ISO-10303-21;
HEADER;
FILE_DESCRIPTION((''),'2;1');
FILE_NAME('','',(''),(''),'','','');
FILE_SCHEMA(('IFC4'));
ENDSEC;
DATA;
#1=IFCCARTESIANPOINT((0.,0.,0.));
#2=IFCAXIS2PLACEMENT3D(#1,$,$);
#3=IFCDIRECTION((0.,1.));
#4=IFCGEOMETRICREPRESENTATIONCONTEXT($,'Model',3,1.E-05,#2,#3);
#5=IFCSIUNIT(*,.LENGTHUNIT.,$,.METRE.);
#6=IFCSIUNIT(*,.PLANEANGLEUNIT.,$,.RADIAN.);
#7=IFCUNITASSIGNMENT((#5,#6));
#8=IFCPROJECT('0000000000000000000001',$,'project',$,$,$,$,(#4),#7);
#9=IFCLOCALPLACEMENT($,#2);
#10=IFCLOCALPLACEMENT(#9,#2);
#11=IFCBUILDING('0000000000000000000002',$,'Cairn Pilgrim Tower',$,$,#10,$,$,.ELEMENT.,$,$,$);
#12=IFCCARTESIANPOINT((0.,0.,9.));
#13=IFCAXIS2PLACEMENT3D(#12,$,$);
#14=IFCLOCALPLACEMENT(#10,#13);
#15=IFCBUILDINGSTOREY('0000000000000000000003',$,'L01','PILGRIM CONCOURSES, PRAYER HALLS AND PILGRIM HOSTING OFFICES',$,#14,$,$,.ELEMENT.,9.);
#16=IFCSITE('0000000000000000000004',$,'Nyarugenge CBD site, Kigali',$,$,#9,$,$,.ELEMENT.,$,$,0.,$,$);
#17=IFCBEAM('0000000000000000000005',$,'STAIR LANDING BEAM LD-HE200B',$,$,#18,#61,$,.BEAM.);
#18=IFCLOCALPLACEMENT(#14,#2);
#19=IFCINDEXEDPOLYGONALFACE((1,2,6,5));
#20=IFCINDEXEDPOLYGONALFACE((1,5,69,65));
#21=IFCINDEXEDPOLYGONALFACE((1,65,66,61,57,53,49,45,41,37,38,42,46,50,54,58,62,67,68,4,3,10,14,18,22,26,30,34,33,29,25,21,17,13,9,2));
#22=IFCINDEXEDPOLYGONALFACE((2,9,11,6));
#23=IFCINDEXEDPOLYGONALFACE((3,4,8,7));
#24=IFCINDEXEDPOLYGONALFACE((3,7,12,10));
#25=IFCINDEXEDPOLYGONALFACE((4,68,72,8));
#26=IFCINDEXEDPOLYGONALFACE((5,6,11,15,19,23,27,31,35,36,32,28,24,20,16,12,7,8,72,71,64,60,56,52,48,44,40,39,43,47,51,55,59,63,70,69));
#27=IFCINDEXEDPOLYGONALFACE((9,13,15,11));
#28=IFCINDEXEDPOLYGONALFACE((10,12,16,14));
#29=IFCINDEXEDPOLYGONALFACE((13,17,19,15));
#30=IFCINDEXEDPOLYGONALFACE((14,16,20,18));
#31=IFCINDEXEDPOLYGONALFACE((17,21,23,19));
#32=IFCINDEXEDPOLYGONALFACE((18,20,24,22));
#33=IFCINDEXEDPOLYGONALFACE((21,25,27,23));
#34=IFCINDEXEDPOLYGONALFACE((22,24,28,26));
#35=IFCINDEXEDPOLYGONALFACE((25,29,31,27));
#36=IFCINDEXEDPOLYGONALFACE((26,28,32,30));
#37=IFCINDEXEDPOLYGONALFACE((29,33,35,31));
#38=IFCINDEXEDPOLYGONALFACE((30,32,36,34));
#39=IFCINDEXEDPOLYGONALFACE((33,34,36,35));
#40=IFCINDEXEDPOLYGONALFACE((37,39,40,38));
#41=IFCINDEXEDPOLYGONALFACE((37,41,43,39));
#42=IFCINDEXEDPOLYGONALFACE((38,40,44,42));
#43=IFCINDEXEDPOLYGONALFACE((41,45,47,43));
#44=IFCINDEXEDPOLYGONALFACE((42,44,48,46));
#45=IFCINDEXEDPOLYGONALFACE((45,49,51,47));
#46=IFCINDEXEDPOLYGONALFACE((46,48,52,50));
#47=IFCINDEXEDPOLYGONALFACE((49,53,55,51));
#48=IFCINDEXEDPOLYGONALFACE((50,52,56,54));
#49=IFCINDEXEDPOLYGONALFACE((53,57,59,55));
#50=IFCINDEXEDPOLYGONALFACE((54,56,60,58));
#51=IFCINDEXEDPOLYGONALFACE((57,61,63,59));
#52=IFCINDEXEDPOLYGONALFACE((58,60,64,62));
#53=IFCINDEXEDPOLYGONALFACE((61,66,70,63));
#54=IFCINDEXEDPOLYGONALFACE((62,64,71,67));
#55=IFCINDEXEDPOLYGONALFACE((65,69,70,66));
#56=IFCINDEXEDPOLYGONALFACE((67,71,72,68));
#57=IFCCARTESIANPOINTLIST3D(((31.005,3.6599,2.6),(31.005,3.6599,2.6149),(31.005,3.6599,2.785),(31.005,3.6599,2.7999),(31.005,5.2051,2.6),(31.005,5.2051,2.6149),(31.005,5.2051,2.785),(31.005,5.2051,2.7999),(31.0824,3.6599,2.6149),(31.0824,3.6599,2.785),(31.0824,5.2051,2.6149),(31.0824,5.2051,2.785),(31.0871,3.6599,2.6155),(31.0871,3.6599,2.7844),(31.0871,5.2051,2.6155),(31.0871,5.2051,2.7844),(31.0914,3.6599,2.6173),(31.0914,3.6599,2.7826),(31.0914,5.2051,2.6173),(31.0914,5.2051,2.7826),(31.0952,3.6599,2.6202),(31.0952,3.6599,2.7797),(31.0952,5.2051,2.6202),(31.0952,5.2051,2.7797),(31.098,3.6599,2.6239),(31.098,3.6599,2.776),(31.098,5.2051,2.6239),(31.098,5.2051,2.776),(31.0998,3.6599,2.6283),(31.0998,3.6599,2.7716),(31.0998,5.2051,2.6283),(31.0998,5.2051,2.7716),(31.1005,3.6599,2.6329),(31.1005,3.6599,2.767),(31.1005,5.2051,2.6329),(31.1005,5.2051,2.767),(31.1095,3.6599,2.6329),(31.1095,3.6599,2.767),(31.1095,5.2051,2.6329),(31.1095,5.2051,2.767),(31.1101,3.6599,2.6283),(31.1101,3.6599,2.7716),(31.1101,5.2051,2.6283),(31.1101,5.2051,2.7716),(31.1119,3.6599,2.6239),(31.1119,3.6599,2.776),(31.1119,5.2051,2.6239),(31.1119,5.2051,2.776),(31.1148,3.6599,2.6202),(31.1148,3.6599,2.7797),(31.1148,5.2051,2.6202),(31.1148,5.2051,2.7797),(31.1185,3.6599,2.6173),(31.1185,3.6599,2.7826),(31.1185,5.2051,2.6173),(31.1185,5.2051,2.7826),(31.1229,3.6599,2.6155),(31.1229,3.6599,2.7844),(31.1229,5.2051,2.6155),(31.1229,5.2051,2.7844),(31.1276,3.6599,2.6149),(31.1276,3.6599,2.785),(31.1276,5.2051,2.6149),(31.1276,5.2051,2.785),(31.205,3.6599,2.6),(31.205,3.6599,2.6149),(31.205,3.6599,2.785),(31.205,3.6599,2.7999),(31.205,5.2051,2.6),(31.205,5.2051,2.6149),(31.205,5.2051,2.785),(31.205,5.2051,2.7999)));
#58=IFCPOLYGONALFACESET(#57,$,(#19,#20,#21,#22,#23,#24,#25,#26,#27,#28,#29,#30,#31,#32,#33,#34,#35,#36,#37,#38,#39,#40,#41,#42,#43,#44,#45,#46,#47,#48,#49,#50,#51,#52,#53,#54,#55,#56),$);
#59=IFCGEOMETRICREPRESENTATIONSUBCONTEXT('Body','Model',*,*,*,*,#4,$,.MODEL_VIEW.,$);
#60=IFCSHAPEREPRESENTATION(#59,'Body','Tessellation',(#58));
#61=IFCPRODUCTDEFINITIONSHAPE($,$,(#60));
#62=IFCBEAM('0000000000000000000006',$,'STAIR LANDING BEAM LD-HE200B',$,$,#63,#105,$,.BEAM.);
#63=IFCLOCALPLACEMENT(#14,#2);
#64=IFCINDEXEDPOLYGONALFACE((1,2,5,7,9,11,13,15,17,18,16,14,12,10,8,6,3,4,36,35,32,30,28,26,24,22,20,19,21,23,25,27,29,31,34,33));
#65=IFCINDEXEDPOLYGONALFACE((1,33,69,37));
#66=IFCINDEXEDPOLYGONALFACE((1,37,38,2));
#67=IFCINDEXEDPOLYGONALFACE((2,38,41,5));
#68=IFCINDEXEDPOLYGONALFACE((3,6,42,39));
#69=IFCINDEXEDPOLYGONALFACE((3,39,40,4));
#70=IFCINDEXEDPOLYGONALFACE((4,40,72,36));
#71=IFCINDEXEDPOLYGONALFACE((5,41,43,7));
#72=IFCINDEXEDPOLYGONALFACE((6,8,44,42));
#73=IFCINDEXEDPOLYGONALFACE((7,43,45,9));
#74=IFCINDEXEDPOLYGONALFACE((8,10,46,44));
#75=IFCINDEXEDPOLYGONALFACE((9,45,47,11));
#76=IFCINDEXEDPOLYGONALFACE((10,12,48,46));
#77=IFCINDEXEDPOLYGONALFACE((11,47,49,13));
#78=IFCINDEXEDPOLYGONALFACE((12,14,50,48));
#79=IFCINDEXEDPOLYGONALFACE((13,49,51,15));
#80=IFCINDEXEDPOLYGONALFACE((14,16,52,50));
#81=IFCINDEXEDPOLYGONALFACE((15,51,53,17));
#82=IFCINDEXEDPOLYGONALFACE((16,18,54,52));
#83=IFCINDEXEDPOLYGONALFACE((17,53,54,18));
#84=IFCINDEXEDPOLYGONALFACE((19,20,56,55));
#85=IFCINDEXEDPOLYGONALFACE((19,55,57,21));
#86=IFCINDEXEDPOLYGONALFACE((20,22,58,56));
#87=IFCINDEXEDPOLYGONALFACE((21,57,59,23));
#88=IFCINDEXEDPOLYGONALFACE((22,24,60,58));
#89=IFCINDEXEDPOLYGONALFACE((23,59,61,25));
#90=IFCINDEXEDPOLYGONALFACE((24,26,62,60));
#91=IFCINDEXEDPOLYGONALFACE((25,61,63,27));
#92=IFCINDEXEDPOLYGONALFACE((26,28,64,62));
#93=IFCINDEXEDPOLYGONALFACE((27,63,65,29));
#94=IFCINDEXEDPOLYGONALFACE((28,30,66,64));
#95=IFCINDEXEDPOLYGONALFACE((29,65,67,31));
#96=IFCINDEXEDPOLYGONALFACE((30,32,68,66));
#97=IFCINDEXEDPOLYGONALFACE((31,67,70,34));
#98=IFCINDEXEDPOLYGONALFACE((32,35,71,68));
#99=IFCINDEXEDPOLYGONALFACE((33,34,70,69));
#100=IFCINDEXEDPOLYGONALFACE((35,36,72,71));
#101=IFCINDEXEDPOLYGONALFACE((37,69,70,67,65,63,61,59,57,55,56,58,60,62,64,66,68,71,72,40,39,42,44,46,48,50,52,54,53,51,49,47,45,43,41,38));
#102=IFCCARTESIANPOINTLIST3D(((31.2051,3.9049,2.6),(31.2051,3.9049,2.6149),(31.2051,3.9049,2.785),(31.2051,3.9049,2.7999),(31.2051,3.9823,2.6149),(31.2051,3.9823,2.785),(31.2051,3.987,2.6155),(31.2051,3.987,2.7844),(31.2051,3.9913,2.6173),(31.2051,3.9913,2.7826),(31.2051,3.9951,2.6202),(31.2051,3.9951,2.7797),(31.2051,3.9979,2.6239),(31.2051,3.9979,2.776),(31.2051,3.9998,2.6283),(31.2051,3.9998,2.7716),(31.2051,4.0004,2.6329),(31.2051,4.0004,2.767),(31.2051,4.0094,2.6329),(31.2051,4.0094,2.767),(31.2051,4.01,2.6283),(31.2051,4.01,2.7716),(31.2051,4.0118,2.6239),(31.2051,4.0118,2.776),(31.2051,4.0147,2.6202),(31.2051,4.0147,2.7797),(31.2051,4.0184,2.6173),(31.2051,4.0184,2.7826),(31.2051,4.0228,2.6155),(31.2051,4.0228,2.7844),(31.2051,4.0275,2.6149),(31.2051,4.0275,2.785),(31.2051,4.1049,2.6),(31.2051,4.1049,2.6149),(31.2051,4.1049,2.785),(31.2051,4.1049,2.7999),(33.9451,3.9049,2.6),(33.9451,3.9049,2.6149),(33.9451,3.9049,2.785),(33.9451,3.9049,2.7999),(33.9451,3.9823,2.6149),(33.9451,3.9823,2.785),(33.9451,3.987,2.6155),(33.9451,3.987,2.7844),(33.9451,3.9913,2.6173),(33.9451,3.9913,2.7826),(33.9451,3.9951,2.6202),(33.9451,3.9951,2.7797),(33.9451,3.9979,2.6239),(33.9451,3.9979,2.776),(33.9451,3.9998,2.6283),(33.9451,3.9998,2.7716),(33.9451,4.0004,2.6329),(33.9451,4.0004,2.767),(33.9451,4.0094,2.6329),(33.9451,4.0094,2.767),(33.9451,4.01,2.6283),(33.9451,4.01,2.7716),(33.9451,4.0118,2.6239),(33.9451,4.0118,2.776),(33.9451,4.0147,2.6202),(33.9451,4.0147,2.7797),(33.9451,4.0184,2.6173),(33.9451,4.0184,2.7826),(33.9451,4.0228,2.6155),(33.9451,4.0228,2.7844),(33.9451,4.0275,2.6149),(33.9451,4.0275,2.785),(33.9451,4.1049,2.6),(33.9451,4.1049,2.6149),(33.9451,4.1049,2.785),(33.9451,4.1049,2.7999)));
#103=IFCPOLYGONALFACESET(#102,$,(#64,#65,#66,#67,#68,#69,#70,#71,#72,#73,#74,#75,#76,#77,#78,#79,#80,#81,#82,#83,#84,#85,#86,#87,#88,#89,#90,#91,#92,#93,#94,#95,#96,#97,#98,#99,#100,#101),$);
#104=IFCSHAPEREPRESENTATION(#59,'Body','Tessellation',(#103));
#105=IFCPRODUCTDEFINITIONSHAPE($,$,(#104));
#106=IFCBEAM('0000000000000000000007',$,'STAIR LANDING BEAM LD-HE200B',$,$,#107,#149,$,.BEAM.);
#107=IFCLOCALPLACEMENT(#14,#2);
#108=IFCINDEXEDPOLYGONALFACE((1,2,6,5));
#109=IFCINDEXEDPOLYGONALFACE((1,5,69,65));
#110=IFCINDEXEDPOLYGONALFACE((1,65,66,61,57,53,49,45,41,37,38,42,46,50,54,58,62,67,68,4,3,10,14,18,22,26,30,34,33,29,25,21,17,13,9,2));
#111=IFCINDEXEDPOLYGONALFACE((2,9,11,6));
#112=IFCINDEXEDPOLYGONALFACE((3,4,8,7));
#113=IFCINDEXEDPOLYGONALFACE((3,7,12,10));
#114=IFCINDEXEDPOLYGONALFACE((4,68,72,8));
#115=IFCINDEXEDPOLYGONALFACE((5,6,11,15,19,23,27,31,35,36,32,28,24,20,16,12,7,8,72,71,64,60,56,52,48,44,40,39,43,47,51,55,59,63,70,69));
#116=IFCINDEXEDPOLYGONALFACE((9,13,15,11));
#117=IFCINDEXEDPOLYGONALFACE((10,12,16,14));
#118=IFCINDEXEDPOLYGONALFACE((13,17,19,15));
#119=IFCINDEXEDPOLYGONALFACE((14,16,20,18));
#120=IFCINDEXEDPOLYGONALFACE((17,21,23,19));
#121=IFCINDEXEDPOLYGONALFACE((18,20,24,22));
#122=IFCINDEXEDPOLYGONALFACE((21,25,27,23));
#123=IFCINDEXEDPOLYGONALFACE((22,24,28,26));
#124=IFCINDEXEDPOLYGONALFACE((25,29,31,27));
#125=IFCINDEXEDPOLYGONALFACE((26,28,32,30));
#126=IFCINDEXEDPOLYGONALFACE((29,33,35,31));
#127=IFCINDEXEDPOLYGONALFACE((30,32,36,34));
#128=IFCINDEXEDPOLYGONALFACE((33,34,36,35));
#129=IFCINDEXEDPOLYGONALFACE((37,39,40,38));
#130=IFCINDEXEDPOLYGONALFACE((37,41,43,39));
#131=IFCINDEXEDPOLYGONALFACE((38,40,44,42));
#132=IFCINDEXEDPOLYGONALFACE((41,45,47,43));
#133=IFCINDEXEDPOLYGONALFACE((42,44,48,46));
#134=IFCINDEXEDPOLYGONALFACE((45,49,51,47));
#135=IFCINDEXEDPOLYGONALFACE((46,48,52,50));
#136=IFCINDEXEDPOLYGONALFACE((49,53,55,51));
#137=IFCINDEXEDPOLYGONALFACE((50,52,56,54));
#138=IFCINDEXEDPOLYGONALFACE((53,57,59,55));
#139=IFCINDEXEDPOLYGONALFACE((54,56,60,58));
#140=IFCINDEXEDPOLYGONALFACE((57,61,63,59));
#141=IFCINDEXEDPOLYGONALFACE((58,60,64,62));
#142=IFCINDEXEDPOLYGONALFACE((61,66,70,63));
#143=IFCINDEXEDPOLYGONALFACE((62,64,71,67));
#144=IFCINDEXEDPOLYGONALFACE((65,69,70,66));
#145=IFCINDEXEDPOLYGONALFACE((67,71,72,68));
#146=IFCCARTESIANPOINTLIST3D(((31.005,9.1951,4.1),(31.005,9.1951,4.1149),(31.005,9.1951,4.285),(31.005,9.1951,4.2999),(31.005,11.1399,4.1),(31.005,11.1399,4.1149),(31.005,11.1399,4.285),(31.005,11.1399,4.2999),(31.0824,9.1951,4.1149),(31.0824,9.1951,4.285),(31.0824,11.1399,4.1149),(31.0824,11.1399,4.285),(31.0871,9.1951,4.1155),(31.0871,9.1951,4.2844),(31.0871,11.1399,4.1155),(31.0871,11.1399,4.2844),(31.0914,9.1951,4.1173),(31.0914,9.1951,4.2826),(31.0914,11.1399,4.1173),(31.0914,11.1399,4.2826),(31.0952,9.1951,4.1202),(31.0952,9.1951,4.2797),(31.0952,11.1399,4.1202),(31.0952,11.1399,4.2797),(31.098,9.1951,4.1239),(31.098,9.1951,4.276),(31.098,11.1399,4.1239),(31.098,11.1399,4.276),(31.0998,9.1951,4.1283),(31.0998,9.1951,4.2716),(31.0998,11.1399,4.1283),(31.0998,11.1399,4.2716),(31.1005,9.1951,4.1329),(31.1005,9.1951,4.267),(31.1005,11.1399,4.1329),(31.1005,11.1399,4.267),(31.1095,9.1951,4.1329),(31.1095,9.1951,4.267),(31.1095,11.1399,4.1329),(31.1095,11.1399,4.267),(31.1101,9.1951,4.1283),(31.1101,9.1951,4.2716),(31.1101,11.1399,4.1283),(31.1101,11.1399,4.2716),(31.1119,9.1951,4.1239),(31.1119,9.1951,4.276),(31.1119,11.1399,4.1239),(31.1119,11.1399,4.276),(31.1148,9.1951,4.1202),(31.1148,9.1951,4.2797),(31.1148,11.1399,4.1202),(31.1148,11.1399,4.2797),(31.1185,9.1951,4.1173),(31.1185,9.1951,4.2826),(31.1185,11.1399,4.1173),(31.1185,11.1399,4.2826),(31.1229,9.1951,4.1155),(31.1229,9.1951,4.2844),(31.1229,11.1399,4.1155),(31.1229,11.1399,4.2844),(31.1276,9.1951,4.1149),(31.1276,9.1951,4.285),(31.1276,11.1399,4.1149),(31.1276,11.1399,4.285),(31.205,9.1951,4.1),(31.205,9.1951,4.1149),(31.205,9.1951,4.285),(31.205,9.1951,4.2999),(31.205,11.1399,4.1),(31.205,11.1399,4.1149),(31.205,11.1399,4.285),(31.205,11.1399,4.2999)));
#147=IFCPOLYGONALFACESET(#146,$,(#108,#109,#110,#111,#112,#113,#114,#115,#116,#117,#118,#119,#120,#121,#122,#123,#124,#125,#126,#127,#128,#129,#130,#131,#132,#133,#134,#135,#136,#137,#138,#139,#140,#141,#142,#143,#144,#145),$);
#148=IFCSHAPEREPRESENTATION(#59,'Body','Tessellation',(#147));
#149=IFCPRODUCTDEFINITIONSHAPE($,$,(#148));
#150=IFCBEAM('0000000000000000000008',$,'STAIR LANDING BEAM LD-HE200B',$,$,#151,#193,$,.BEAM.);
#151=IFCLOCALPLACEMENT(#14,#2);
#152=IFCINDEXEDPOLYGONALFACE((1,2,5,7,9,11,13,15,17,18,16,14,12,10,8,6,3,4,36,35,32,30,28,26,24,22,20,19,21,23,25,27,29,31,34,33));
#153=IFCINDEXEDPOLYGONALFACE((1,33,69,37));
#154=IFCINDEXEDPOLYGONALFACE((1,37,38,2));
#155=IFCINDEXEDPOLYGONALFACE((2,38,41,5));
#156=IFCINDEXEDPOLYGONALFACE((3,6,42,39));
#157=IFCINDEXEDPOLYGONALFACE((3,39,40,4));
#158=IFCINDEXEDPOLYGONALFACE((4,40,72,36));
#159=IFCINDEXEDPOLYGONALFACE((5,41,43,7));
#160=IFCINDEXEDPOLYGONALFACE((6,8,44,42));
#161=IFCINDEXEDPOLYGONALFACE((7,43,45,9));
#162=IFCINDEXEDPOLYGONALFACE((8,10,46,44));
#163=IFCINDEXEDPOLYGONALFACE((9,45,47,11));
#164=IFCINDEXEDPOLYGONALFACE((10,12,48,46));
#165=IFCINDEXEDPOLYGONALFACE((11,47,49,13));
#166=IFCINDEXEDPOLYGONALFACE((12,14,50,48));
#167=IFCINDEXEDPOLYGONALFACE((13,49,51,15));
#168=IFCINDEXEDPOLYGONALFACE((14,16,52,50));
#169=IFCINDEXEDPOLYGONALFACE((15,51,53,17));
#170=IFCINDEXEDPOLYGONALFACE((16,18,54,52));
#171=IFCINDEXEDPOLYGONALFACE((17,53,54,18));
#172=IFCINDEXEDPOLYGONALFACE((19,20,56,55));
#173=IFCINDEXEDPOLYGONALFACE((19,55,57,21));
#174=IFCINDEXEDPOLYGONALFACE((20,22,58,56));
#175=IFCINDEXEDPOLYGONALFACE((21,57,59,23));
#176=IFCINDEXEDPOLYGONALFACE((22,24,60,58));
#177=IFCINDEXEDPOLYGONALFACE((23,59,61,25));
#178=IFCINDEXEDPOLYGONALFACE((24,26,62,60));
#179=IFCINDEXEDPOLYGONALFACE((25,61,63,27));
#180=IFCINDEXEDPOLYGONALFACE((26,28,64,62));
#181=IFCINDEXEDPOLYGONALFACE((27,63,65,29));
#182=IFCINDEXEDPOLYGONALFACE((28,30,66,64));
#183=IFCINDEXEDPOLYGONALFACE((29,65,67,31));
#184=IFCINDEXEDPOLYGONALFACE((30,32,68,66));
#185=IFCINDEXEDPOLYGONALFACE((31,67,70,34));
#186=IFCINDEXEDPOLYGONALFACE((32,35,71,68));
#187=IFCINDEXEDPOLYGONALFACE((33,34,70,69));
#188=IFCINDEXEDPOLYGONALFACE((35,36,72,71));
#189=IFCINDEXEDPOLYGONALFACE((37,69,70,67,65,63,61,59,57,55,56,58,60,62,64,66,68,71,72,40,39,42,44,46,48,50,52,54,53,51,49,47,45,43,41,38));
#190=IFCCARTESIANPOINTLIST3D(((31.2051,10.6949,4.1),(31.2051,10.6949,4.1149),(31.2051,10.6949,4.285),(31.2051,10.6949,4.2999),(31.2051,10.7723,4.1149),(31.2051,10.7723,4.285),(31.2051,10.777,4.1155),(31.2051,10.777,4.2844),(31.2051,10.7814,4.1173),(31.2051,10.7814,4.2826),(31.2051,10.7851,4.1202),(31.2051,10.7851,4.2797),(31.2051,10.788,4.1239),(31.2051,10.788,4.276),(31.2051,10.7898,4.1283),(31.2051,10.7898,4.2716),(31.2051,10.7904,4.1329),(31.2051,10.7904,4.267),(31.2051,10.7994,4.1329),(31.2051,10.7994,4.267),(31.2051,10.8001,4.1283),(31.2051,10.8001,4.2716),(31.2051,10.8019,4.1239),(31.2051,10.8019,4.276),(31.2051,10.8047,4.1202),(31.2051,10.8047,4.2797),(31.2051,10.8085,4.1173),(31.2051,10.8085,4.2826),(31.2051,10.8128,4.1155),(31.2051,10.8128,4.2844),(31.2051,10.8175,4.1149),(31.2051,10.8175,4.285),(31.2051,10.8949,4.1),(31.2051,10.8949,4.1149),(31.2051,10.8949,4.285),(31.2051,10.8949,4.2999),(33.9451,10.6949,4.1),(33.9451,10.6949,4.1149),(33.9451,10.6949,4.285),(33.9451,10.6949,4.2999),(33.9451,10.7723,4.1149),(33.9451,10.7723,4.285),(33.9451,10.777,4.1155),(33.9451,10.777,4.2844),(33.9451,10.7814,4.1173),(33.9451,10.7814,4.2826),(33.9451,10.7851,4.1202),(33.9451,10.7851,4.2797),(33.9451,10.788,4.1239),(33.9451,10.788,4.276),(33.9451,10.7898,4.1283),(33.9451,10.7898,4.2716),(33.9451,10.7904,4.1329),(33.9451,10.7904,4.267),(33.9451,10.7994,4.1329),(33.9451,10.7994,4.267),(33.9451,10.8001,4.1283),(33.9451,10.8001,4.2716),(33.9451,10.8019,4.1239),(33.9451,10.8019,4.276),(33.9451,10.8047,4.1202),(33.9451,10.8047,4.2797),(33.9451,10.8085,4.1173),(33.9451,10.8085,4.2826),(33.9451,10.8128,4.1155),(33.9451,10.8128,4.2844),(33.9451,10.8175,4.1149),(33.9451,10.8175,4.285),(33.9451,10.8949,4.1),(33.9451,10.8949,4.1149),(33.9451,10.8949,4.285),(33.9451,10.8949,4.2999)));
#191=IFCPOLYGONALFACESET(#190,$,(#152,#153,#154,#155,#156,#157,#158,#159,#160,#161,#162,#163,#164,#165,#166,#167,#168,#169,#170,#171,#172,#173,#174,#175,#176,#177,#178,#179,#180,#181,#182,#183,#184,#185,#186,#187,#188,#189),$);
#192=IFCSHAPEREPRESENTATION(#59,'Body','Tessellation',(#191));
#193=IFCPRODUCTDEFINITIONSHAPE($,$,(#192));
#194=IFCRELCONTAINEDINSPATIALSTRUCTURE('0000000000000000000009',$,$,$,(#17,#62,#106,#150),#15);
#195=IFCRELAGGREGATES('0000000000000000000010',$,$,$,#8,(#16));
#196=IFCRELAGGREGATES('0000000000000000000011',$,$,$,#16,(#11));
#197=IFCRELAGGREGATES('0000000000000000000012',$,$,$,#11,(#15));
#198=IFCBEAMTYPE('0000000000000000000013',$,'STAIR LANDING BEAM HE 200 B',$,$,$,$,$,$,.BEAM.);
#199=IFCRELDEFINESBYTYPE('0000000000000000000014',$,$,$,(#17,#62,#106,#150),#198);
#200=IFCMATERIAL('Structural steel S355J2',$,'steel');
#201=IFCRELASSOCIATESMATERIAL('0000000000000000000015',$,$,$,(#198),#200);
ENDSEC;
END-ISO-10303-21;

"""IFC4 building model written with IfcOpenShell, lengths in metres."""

from ifc_helpers import new_model, si_unit, direction, frame, origin, origin_2d, place, context, subcontext, project, spatial, i_section, extrude, material, material_profile, profile_set, type_object, element, save


model = new_model("IFC4")

# Units and contexts
model_context = context("Model", 3, precision=1e-05, world=origin(), true_north=direction((0.0, 1.0)))
body_context = subcontext(model_context, "Body", "Model", "MODEL_VIEW")
ifc_project = project(units=[si_unit("LENGTHUNIT", "METRE"), si_unit("PLANEANGLEUNIT", "RADIAN")], contexts=[model_context])

# Site, building, storey
site_placement = place(None, origin())
site = spatial("IfcSite", under=ifc_project, at=site_placement, Name="Nyarugenge CBD site, Kigali", CompositionType="ELEMENT", RefElevation=0.0)
building_placement = place(site_placement, origin())
building = spatial("IfcBuilding", under=site, at=building_placement, Name="Cairn Pilgrim Tower", CompositionType="ELEMENT")
storey_placement = place(building_placement, frame((0.0, 0.0, 9.0)))
storey = spatial("IfcBuildingStorey", under=building, at=storey_placement, Name="L01", Description="PILGRIM CONCOURSES, PRAYER HALLS AND PILGRIM HOSTING OFFICES", CompositionType="ELEMENT", Elevation=9.0)

# Shared definitions
ifc_material_1 = material(Name="Structural steel S355J2", Category="steel")

# Beams
ifc_material_profile_1 = material_profile(ifc_material_1, i_section(OverallWidth=0.2, OverallDepth=0.2, WebThickness=0.009, FlangeThickness=0.0149, FilletRadius=0.0181, at=origin_2d()), Name="HE 200 B")
ifc_profile_set_1 = profile_set([ifc_material_profile_1], Name="Structural steel S355J2")
beam_type_1 = type_object("IfcBeamType", Name="STAIR LANDING BEAM HE 200 B", PredefinedType="BEAM", material=ifc_profile_set_1)
beam_1_placement = place(storey_placement, frame((31.105, 3.6599, 2.7), z_axis=(0.0, 1.0, 0.0), x_axis=(-1.0, 0.0, 0.0)))
element("IfcBeam", 1, at=beam_1_placement, inside=storey, type_object=beam_type_1, Name="STAIR LANDING BEAM LD-HE200B", PredefinedType="BEAM", context=body_context, shape_type="SweptSolid", body=[
    extrude(i_section(OverallWidth=0.2, OverallDepth=0.2, WebThickness=0.009, FlangeThickness=0.0149, FilletRadius=0.0181, at=origin_2d()), origin(), (0.0, 0.0, 1.0), 1.5452),
])
beam_2_placement = place(storey_placement, frame((31.2051, 4.0049, 2.7), z_axis=(1.0, 0.0, 0.0), x_axis=(0.0, 1.0, 0.0)))
element("IfcBeam", 2, at=beam_2_placement, inside=storey, type_object=beam_type_1, Name="STAIR LANDING BEAM LD-HE200B", PredefinedType="BEAM", context=body_context, shape_type="SweptSolid", body=[
    extrude(i_section(OverallWidth=0.2, OverallDepth=0.2, WebThickness=0.009, FlangeThickness=0.0149, FilletRadius=0.0181, at=origin_2d()), origin(), (0.0, 0.0, 1.0), 2.74),
])
beam_3_placement = place(storey_placement, frame((31.105, 11.1399, 4.2), z_axis=(0.0, -1.0, 0.0), x_axis=(1.0, 0.0, 0.0)))
element("IfcBeam", 3, at=beam_3_placement, inside=storey, type_object=beam_type_1, Name="STAIR LANDING BEAM LD-HE200B", PredefinedType="BEAM", context=body_context, shape_type="SweptSolid", body=[
    extrude(i_section(OverallWidth=0.2, OverallDepth=0.2, WebThickness=0.009, FlangeThickness=0.0149, FilletRadius=0.0181, at=origin_2d()), origin(), (0.0, 0.0, 1.0), 1.9448),
])
beam_4_placement = place(storey_placement, frame((31.2051, 10.7949, 4.2), z_axis=(1.0, 0.0, 0.0), x_axis=(0.0, 1.0, 0.0)))
element("IfcBeam", 4, at=beam_4_placement, inside=storey, type_object=beam_type_1, Name="STAIR LANDING BEAM LD-HE200B", PredefinedType="BEAM", context=body_context, shape_type="SweptSolid", body=[
    extrude(i_section(OverallWidth=0.2, OverallDepth=0.2, WebThickness=0.009, FlangeThickness=0.0149, FilletRadius=0.0181, at=origin_2d()), origin(), (0.0, 0.0, 1.0), 2.74),
])

save(model, "model.ifc")
